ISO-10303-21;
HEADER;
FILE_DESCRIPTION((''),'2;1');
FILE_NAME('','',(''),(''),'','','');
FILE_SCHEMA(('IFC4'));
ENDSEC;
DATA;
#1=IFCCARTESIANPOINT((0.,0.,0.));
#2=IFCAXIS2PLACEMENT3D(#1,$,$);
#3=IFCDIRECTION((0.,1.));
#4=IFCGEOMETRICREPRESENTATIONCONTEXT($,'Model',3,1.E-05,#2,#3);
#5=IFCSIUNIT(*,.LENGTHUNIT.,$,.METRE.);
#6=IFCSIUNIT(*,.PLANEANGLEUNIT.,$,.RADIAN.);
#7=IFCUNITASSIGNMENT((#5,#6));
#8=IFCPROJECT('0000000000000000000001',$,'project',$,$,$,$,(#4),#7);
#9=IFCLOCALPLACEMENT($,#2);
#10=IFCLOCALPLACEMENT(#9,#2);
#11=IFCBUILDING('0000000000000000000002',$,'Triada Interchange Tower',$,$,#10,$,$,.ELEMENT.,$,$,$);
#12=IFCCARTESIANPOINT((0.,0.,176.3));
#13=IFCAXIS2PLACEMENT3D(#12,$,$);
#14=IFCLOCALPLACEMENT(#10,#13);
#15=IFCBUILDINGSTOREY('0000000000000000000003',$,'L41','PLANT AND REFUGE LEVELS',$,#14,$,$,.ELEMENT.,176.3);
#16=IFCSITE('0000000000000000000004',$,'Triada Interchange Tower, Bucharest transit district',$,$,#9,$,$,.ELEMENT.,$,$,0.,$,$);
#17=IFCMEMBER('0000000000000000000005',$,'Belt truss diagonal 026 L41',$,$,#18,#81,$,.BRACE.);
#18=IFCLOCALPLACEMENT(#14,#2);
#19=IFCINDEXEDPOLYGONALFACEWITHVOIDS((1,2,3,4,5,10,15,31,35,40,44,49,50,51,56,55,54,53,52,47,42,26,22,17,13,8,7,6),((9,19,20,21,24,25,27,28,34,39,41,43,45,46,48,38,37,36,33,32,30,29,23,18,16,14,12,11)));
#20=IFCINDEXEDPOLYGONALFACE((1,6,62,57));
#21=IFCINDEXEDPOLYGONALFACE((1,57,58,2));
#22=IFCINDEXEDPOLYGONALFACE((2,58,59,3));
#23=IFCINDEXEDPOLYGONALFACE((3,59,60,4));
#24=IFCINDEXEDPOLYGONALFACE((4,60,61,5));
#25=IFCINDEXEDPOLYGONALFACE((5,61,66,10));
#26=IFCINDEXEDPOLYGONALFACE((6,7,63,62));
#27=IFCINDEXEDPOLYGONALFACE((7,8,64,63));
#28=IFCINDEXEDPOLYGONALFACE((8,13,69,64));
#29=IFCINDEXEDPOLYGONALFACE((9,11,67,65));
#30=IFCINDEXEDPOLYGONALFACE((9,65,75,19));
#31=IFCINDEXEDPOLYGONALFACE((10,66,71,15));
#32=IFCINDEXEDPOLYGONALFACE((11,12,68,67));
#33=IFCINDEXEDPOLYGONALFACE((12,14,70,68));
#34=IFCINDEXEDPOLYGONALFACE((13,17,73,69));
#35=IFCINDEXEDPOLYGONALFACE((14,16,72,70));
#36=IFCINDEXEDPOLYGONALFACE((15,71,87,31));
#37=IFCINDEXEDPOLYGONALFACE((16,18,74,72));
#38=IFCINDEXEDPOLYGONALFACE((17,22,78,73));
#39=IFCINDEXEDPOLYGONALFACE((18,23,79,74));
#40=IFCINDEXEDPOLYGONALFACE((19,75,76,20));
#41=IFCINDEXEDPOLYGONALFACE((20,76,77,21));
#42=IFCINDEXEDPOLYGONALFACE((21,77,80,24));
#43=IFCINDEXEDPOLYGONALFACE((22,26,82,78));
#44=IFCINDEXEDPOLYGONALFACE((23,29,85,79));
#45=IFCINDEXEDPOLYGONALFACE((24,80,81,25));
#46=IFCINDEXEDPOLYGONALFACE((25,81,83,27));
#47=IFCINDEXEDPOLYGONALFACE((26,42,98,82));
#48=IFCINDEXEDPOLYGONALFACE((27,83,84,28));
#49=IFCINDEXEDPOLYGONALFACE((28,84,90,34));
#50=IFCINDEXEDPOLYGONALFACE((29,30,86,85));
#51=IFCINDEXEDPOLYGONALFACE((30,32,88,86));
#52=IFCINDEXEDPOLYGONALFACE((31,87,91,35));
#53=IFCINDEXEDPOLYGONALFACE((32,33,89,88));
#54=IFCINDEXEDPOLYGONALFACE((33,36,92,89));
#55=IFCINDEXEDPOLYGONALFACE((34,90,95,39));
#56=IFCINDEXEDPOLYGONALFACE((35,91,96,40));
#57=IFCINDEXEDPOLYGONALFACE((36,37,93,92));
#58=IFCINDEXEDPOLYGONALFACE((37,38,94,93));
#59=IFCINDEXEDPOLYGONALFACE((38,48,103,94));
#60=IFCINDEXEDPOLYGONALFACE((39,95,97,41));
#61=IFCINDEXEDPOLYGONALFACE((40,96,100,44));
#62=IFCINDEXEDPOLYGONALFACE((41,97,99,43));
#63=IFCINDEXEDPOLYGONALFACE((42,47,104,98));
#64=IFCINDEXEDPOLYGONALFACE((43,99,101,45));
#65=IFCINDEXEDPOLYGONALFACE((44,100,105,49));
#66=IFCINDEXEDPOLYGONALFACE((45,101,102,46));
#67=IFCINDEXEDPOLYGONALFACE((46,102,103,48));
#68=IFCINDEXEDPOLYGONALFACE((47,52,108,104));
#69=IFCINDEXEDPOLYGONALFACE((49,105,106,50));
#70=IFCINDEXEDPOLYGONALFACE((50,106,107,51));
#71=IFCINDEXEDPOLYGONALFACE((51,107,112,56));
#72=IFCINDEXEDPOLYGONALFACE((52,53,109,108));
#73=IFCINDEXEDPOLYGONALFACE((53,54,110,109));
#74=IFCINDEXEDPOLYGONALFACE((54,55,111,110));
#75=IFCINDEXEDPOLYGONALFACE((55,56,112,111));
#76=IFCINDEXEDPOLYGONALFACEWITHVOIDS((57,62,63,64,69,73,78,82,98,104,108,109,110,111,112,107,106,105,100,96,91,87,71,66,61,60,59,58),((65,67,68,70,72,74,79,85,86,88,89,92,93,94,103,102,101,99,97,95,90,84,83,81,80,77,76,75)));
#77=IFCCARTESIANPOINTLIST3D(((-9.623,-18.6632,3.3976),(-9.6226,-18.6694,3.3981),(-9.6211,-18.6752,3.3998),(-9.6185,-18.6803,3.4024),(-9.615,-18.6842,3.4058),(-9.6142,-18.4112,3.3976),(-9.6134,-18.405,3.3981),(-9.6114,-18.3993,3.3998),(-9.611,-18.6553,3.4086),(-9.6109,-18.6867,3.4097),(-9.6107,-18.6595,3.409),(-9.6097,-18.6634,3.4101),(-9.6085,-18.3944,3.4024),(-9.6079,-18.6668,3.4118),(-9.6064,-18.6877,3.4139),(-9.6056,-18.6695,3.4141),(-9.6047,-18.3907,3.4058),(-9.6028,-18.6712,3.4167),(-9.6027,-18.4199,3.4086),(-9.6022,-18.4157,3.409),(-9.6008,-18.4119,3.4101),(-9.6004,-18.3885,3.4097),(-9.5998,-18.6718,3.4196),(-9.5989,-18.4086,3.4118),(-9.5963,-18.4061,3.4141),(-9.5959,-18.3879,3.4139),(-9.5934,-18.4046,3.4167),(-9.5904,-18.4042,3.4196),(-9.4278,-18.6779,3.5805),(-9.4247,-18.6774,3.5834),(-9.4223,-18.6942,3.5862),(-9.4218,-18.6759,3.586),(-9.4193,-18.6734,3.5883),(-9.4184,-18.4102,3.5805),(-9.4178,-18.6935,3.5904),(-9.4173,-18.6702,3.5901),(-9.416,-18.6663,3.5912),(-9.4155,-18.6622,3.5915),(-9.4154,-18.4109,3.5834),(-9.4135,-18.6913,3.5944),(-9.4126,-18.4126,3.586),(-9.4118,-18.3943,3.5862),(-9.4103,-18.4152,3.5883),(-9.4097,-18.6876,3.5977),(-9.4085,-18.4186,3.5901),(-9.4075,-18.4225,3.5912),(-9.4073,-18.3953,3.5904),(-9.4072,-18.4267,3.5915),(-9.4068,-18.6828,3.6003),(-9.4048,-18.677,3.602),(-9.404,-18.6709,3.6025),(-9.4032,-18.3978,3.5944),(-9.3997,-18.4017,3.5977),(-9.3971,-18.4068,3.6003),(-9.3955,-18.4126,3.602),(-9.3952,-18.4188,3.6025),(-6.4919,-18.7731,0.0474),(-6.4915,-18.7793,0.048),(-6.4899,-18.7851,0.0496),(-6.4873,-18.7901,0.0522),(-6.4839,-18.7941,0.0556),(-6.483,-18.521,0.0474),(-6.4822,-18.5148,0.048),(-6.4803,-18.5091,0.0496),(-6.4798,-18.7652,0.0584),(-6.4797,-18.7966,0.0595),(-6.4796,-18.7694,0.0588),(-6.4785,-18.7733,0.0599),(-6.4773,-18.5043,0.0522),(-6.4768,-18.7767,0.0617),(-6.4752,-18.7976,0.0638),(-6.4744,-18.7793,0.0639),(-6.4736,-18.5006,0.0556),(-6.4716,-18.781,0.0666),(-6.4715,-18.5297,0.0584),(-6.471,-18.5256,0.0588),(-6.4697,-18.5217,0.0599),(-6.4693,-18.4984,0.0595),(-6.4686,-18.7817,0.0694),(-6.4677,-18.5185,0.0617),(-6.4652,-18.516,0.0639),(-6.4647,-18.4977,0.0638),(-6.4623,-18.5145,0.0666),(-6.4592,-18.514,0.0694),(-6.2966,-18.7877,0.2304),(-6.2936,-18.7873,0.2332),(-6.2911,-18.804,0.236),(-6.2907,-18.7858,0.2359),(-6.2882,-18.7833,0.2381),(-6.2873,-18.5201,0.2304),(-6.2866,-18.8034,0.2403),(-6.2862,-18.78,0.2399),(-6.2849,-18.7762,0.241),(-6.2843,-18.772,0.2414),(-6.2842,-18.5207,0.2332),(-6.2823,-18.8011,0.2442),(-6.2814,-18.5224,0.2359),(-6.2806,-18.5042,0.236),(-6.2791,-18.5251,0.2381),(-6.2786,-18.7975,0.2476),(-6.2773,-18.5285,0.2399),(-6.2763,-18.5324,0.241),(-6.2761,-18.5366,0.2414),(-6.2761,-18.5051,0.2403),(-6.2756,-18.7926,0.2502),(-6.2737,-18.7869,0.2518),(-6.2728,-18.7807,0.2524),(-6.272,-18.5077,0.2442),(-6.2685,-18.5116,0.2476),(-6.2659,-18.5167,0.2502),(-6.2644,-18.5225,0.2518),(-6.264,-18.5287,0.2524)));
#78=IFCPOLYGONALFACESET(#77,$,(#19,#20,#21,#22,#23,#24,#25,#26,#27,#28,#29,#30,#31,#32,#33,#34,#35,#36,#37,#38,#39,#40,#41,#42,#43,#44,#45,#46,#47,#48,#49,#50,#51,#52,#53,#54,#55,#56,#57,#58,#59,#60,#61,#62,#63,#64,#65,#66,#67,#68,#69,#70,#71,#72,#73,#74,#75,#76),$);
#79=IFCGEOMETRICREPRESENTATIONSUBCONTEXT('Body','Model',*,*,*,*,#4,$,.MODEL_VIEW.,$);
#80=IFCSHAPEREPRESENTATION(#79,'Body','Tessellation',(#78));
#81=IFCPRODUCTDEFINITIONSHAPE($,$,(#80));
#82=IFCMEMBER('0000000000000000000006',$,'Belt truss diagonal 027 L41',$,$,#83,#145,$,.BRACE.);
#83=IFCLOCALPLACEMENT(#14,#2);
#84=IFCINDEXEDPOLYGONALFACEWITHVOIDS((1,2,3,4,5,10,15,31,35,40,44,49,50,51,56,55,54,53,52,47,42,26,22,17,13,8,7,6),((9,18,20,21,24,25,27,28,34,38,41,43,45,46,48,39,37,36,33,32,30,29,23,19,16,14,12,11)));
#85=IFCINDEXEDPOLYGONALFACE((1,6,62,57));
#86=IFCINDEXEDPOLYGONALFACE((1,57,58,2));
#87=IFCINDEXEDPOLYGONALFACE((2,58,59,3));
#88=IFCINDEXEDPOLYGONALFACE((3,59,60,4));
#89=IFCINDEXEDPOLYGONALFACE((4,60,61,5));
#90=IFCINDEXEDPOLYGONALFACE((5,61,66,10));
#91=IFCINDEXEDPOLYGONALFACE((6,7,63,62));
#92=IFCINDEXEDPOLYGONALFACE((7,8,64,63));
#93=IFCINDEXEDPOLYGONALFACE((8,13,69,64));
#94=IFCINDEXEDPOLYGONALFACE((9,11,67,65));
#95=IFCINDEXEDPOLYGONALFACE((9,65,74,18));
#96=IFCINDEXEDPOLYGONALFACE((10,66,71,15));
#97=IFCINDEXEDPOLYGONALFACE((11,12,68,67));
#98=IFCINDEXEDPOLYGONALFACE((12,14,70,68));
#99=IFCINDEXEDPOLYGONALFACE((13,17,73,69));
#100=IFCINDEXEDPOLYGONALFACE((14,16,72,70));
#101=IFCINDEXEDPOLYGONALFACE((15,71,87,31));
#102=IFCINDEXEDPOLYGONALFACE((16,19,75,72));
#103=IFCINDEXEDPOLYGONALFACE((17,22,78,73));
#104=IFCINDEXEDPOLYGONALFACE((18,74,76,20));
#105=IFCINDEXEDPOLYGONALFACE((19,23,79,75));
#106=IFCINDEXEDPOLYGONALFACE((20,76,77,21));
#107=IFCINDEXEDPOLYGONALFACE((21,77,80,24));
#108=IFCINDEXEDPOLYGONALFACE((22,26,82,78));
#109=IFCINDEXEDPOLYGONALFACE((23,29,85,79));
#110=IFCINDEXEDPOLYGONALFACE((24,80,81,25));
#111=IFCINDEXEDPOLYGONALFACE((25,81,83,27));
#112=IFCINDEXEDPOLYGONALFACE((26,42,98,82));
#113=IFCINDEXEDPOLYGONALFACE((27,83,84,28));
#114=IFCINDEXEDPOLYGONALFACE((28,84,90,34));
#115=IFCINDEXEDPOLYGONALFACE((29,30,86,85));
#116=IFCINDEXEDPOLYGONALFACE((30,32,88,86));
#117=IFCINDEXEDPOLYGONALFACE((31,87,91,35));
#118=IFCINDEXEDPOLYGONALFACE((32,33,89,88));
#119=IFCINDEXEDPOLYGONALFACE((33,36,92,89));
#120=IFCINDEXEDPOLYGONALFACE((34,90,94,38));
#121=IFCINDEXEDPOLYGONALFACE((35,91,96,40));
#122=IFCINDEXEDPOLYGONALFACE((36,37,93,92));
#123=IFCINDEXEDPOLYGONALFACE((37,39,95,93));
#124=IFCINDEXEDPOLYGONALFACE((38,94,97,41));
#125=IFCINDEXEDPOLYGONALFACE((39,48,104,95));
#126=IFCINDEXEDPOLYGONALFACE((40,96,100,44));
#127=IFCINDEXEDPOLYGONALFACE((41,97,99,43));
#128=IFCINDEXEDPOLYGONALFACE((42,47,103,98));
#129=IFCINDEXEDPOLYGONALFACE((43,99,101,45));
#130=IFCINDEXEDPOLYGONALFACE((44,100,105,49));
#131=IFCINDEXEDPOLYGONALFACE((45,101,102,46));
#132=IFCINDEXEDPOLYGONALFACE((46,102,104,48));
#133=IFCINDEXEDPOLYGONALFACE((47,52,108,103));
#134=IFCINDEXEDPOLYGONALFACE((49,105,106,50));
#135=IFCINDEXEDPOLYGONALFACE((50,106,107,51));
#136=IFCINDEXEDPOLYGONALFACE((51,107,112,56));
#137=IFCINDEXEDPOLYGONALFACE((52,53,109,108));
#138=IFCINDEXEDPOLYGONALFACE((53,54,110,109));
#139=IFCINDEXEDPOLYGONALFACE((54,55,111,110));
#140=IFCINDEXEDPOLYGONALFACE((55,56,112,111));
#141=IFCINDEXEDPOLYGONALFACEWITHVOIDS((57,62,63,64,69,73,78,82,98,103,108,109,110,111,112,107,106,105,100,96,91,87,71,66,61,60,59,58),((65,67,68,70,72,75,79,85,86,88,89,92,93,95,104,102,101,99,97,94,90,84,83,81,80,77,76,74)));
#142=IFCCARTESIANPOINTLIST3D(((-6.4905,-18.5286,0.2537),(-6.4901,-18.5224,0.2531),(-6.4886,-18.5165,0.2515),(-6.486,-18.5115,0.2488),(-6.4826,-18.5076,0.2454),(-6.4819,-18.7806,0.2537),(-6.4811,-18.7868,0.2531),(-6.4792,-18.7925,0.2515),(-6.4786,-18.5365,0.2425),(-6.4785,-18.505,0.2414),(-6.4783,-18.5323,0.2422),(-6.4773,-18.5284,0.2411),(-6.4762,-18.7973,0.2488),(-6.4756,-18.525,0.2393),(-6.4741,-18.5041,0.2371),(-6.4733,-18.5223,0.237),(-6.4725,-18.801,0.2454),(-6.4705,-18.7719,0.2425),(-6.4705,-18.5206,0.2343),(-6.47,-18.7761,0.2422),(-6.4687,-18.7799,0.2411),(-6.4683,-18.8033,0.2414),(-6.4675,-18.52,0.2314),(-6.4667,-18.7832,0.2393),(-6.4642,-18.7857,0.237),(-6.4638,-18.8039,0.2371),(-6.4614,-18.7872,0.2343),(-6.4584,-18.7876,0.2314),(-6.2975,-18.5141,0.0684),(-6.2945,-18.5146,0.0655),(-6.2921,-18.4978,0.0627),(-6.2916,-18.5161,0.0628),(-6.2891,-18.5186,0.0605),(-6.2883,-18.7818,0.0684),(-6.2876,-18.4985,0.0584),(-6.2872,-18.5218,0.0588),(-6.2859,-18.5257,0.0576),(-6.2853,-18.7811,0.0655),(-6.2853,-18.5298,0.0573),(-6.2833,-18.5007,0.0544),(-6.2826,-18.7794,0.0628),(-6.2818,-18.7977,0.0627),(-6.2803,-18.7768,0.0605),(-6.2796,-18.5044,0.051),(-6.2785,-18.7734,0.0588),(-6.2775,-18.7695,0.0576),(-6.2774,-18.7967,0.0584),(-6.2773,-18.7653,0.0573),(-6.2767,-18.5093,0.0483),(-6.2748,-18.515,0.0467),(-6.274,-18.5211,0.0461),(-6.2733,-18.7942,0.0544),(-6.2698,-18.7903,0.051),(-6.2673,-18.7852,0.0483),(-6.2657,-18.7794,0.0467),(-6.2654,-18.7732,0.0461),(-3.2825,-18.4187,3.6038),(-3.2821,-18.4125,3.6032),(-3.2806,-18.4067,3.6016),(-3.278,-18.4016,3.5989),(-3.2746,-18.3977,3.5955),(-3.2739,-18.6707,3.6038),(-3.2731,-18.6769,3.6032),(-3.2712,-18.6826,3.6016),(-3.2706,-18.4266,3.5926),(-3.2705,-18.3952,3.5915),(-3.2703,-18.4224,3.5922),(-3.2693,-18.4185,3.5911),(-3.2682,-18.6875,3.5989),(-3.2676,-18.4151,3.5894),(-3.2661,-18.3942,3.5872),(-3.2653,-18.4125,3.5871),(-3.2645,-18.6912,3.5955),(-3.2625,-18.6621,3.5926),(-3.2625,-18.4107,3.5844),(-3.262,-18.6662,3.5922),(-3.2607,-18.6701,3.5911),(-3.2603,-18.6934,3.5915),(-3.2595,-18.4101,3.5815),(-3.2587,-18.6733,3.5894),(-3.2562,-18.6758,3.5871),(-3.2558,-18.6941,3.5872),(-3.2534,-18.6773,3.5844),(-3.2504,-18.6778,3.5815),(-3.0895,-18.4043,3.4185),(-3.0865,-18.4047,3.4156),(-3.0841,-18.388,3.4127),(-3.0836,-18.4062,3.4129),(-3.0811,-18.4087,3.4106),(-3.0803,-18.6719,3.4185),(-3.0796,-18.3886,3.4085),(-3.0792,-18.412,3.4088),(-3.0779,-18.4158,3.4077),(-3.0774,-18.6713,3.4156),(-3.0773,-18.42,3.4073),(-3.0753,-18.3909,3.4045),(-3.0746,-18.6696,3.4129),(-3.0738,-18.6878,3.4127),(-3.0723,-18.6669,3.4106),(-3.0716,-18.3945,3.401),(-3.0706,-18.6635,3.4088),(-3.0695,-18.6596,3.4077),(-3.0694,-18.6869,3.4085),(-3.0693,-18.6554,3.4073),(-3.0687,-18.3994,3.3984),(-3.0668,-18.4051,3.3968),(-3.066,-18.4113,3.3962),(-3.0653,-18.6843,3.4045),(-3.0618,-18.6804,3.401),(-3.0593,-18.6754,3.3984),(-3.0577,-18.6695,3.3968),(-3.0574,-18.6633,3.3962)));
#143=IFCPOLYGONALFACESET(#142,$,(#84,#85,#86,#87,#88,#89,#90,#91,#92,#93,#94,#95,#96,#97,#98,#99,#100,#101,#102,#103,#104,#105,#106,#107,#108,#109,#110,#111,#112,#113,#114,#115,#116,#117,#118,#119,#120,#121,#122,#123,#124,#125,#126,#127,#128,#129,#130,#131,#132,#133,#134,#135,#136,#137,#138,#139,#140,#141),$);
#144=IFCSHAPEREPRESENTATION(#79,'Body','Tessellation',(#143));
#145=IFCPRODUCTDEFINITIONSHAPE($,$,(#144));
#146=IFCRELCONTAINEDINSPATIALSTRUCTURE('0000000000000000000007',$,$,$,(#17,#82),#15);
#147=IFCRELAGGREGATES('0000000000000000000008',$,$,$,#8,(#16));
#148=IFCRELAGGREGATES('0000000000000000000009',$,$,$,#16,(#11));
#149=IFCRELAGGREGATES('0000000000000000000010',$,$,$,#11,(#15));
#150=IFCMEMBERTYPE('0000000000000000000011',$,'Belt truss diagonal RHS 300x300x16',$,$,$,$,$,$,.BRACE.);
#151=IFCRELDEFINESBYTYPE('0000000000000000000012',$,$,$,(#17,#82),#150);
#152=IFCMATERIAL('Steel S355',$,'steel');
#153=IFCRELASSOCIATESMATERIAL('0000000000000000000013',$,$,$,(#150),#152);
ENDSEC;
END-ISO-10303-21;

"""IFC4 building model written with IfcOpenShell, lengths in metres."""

from ifc_helpers import new_model, si_unit, direction, frame, origin, origin_2d, place, context, subcontext, project, spatial, hollow_rectangle, extrude, material, material_profile, profile_set, type_object, element, save


model = new_model("IFC4")

# Units and contexts
model_context = context("Model", 3, precision=1e-05, world=origin(), true_north=direction((0.0, 1.0)))
body_context = subcontext(model_context, "Body", "Model", "MODEL_VIEW")
ifc_project = project(units=[si_unit("LENGTHUNIT", "METRE"), si_unit("PLANEANGLEUNIT", "RADIAN")], contexts=[model_context])

# Site, building, storey
site_placement = place(None, origin())
site = spatial("IfcSite", under=ifc_project, at=site_placement, Name="Triada Interchange Tower, Bucharest transit district", CompositionType="ELEMENT", RefElevation=0.0)
building_placement = place(site_placement, origin())
building = spatial("IfcBuilding", under=site, at=building_placement, Name="Triada Interchange Tower", CompositionType="ELEMENT")
storey_placement = place(building_placement, frame((0.0, 0.0, 176.3)))
storey = spatial("IfcBuildingStorey", under=building, at=storey_placement, Name="L41", Description="PLANT AND REFUGE LEVELS", CompositionType="ELEMENT", Elevation=176.3)

# Members
ifc_material_1 = material(Name="Steel S355", Category="steel")
ifc_material_profile_1 = material_profile(ifc_material_1, hollow_rectangle(XDim=0.3, YDim=0.3, WallThickness=0.0161, InnerFilletRadius=0.0161, OuterFilletRadius=0.0239, at=origin_2d()), Name="RHS 300x300x16")
ifc_profile_set_1 = profile_set([ifc_material_profile_1], Name="Steel S355")
member_type = type_object("IfcMemberType", Name="Belt truss diagonal RHS 300x300x16", PredefinedType="BRACE", material=ifc_profile_set_1)
member_1_placement = place(storey_placement, frame((-6.3779, -18.6509, 0.1499), z_axis=(-0.682629, 0.023952, 0.730373), x_axis=(-0.035066, -0.999385, 0.0)))
element("IfcMember", 1, at=member_1_placement, inside=storey, type_object=member_type, Name="Belt truss diagonal 026 L41", PredefinedType="BRACE", context=body_context, shape_type="SweptSolid", body=[
    extrude(hollow_rectangle(XDim=0.3, YDim=0.3, WallThickness=0.0161, InnerFilletRadius=0.0161, OuterFilletRadius=0.0239, at=origin_2d()), origin(), (0.0, 0.0, 1.0), 4.5869),
])
member_2_placement = place(storey_placement, frame((-6.3779, -18.6509, 0.1499), z_axis=(0.69143, 0.023679, 0.722055), x_axis=(-0.034227, 0.999414, 0.0)))
element("IfcMember", 2, at=member_2_placement, inside=storey, type_object=member_type, Name="Belt truss diagonal 027 L41", PredefinedType="BRACE", context=body_context, shape_type="SweptSolid", body=[
    extrude(hollow_rectangle(XDim=0.3, YDim=0.3, WallThickness=0.0161, InnerFilletRadius=0.0161, OuterFilletRadius=0.0239, at=origin_2d()), origin(), (0.0, 0.0, 1.0), 4.6396),
])

save(model, "model.ifc")
